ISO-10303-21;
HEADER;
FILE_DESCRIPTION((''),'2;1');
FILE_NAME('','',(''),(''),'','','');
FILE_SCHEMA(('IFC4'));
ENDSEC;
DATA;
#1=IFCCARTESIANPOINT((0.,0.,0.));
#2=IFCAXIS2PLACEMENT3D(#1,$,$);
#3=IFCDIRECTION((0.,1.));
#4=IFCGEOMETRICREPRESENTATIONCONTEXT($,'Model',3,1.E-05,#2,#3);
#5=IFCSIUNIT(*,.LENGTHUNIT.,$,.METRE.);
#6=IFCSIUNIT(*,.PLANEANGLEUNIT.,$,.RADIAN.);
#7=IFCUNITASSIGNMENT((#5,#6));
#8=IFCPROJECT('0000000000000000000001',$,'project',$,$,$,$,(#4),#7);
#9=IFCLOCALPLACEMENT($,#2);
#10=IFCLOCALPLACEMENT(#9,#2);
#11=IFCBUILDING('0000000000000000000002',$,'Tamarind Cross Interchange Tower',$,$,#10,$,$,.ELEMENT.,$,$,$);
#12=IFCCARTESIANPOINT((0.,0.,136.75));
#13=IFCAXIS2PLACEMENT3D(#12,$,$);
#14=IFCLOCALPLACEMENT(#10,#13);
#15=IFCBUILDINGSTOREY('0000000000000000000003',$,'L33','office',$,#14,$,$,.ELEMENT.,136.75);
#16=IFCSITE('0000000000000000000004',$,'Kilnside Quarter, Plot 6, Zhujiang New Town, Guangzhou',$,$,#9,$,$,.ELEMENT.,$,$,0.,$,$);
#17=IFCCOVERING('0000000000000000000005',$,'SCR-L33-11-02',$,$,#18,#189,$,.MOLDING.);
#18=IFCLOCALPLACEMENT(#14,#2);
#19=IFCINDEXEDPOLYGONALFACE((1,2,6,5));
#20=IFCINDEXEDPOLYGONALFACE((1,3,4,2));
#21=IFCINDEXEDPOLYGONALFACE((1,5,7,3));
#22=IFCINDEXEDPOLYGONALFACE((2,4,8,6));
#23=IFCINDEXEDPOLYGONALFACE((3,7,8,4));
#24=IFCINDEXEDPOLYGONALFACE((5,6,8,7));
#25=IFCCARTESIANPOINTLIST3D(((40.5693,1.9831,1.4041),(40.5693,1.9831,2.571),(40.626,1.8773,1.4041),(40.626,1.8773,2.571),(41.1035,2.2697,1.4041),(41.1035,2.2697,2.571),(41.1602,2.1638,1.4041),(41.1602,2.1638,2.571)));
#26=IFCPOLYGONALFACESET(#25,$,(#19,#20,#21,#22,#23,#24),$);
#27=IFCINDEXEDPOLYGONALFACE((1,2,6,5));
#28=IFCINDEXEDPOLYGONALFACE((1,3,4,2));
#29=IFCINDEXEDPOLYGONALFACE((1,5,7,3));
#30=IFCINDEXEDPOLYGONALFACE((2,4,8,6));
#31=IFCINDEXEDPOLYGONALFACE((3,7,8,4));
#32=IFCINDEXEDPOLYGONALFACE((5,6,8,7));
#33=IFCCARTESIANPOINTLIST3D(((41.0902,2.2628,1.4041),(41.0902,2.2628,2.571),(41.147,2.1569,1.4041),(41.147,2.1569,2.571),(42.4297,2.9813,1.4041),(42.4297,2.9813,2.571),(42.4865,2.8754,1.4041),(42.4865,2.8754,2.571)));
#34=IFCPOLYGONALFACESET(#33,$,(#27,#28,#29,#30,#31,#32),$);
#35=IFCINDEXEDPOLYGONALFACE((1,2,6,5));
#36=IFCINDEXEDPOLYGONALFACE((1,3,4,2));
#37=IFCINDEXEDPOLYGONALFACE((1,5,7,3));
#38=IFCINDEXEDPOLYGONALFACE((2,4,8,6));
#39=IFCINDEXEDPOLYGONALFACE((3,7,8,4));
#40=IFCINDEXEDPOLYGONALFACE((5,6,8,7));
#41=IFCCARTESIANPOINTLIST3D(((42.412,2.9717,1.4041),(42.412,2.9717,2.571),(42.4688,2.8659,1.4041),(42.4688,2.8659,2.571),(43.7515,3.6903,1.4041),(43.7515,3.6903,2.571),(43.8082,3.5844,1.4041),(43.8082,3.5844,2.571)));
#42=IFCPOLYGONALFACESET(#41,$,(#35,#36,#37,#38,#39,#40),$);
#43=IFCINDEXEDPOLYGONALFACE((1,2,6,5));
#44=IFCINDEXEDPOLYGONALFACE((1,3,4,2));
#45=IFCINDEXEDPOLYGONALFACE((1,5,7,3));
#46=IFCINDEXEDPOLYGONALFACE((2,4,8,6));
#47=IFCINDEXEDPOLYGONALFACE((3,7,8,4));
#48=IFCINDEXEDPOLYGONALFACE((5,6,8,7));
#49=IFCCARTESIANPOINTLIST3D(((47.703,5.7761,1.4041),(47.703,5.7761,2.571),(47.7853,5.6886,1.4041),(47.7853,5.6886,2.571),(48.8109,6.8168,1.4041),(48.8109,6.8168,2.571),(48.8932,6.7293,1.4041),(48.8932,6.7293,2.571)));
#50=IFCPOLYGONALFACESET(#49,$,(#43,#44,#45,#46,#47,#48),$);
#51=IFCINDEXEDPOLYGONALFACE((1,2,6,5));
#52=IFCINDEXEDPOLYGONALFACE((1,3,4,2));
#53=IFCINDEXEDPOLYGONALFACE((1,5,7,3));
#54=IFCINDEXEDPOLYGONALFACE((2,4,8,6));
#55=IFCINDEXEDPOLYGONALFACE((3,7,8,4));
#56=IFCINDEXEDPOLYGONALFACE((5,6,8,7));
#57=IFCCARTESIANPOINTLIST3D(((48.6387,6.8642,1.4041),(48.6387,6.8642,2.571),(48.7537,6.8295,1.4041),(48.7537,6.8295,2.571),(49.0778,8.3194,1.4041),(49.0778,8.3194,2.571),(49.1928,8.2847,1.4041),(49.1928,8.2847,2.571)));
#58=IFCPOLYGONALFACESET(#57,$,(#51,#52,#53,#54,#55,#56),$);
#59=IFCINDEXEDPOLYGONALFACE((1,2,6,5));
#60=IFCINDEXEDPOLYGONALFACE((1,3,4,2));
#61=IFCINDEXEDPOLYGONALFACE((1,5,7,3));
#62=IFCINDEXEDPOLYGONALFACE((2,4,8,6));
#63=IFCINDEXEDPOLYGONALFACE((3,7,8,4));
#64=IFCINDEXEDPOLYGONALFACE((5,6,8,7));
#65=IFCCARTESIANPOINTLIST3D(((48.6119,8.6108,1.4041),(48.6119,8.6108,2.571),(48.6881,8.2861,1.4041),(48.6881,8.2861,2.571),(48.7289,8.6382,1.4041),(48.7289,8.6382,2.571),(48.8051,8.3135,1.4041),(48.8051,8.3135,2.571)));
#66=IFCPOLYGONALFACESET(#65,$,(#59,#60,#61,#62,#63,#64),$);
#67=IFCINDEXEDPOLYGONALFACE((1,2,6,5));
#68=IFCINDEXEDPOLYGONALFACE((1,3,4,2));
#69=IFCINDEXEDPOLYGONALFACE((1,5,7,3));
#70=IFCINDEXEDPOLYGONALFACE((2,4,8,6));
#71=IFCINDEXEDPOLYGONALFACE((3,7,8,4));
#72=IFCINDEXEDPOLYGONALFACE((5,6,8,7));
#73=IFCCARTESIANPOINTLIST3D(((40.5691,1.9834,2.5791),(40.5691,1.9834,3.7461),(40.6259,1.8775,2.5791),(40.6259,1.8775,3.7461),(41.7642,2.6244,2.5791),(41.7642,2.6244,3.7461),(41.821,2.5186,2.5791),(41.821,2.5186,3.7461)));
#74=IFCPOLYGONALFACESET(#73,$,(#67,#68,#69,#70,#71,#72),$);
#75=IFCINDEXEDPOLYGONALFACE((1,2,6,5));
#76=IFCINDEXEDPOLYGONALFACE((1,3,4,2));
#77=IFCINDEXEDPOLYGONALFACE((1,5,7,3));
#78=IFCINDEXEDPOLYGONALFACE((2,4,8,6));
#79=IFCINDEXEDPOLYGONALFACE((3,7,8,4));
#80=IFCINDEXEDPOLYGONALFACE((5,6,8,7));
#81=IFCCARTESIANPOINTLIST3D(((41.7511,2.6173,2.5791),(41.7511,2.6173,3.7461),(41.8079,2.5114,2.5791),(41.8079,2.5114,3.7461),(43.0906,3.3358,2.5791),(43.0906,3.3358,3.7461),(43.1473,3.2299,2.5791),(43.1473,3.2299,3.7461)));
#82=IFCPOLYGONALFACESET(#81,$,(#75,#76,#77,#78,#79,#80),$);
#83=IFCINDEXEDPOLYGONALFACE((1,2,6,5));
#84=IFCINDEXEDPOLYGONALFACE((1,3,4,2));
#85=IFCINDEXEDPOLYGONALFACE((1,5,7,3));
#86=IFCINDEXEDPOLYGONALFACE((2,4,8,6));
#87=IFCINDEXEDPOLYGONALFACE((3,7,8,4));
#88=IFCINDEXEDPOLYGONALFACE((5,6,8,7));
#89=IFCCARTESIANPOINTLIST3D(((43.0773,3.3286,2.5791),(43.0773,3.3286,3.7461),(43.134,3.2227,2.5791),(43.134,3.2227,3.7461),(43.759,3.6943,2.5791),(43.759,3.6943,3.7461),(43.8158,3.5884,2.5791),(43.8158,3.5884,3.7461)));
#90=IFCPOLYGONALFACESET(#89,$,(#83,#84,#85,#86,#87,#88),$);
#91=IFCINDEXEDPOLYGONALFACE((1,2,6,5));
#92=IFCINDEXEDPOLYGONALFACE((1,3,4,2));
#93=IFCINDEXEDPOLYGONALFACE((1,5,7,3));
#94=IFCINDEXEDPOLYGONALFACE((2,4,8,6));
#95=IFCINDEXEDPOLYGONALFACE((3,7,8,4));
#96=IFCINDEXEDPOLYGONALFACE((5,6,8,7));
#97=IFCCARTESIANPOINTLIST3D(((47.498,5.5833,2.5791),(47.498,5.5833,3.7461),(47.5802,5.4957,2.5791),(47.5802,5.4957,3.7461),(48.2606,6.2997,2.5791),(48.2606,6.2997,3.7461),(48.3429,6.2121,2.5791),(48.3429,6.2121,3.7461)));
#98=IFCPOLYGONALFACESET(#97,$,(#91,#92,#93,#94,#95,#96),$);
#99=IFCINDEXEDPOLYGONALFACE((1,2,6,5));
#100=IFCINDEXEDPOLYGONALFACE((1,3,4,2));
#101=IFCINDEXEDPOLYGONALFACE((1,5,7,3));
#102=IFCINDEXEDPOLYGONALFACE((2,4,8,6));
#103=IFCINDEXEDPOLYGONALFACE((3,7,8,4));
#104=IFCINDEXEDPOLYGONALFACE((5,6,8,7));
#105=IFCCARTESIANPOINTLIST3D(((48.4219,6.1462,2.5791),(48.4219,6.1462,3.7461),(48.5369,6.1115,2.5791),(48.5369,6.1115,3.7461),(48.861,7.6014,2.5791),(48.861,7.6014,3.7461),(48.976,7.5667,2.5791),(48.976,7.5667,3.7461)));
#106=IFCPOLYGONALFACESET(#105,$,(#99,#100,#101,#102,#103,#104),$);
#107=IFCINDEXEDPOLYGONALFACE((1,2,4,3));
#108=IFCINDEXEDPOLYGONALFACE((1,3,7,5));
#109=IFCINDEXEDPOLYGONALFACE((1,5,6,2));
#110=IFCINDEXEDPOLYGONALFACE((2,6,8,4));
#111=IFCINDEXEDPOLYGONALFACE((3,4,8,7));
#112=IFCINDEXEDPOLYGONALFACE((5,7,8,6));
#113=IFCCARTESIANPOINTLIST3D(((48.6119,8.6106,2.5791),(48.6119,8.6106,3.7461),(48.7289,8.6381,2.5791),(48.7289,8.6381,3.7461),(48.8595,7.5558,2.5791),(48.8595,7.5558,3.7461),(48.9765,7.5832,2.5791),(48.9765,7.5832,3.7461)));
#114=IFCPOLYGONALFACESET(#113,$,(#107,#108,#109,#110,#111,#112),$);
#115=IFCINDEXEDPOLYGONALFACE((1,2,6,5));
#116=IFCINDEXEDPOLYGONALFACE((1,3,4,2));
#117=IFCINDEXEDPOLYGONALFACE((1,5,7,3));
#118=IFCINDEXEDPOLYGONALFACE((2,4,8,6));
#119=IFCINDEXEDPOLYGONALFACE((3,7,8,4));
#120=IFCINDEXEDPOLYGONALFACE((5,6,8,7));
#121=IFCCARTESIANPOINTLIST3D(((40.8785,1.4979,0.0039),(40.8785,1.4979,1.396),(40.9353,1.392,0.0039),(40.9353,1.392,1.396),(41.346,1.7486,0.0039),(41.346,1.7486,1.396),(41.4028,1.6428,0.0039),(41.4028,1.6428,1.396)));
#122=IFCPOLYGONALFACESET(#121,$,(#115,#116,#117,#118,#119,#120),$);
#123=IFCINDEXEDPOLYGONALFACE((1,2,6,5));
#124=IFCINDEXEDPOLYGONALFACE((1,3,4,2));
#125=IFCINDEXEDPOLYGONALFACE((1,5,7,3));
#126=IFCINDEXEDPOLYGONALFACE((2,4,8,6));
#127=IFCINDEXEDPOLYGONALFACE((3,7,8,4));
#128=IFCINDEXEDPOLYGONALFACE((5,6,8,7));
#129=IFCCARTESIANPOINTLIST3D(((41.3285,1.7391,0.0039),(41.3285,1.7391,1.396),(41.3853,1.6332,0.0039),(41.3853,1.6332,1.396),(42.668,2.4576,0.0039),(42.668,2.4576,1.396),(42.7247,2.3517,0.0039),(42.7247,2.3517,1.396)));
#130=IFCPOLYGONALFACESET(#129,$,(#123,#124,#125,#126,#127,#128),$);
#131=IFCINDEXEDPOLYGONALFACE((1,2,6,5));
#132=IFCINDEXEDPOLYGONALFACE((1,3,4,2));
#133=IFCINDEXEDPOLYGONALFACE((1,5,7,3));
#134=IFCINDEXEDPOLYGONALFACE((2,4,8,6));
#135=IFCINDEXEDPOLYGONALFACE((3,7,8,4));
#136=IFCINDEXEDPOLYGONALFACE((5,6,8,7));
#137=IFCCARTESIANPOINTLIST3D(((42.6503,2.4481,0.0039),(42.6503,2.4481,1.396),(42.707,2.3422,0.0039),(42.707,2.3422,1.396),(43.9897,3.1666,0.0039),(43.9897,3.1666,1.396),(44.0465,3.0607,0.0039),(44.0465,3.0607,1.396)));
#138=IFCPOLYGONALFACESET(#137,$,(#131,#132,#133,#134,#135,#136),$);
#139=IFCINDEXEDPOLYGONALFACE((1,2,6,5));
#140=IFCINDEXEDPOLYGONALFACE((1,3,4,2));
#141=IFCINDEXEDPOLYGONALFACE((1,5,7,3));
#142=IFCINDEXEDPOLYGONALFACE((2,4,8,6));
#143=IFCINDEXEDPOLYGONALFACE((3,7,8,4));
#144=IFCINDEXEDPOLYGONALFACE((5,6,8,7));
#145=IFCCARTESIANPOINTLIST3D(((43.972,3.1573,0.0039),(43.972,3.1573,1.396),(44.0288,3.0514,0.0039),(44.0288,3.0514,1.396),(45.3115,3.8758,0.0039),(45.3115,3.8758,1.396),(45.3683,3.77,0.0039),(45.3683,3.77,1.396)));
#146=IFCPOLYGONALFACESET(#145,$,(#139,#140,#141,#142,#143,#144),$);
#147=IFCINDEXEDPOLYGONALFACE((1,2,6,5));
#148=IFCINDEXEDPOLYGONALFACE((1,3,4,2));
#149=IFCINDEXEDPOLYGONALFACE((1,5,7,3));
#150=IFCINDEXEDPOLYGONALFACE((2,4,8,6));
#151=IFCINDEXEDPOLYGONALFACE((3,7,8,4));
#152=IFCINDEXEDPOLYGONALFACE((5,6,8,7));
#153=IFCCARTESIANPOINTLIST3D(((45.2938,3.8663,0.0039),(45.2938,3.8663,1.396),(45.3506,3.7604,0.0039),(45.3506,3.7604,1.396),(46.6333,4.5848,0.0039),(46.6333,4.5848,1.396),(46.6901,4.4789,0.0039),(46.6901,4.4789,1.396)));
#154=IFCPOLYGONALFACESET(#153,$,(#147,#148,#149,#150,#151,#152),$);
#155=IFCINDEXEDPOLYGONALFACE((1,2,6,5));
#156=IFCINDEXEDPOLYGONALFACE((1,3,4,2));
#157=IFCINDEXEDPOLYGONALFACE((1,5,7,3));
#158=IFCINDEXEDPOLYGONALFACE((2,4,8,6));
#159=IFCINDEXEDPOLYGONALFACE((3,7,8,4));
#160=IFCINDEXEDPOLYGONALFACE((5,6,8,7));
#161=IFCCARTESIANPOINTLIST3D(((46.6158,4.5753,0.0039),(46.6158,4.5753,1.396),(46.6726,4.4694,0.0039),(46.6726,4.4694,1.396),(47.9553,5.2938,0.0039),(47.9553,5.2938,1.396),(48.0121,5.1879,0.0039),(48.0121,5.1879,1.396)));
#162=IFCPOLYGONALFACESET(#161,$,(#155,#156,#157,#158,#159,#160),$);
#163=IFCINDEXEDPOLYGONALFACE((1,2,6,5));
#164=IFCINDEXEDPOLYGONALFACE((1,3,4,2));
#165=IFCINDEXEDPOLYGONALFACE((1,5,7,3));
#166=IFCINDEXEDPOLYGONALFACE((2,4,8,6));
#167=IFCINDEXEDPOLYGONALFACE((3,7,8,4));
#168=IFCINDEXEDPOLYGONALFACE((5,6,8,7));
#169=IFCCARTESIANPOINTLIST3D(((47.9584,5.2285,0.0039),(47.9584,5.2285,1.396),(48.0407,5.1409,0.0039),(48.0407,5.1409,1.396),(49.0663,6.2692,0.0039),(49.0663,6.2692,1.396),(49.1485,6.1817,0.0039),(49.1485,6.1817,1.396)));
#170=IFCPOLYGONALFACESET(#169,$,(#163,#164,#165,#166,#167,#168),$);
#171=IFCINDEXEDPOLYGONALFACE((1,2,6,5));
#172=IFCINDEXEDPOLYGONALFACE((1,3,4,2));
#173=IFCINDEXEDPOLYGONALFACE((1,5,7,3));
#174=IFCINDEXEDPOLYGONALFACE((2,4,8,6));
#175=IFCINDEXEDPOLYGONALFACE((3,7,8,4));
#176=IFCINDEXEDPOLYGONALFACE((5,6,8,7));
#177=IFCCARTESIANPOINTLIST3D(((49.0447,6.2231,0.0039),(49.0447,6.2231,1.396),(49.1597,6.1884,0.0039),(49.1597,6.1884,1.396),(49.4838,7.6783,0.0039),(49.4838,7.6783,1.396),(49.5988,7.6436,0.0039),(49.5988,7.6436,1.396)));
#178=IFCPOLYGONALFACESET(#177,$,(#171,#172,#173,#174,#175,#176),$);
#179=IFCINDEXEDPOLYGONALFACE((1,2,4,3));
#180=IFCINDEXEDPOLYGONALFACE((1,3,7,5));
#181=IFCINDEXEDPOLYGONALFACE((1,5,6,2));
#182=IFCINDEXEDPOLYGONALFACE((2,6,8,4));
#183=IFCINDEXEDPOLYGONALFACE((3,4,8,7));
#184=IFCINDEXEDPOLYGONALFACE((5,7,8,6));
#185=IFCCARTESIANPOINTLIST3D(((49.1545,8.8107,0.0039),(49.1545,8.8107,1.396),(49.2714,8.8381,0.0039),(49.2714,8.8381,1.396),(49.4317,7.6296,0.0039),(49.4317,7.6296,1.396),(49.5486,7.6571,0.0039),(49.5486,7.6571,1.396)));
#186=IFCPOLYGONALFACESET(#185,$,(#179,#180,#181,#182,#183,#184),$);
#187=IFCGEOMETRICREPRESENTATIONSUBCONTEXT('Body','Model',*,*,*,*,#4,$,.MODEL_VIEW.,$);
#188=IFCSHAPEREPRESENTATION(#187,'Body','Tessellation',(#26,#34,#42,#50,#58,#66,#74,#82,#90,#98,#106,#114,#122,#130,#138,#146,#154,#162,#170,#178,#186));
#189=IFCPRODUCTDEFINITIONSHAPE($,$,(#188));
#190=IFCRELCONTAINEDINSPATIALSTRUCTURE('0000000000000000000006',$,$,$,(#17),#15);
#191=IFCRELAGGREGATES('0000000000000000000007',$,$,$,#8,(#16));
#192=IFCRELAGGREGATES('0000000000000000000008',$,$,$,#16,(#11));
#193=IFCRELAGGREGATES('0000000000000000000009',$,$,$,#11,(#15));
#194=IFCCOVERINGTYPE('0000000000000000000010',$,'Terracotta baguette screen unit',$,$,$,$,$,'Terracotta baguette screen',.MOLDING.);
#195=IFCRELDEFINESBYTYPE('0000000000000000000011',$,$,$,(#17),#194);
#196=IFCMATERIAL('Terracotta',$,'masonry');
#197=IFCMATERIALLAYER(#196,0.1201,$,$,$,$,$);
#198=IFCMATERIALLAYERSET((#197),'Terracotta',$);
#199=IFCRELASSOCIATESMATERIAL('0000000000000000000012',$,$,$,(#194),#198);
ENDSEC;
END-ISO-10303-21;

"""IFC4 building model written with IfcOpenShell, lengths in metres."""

from ifc_helpers import new_model, si_unit, direction, frame, origin, origin_2d, place, context, subcontext, project, spatial, rectangle, extrude, material, layer, layer_set, type_object, element, save


model = new_model("IFC4")

# Units and contexts
model_context = context("Model", 3, precision=1e-05, world=origin(), true_north=direction((0.0, 1.0)))
body_context = subcontext(model_context, "Body", "Model", "MODEL_VIEW")
ifc_project = project(units=[si_unit("LENGTHUNIT", "METRE"), si_unit("PLANEANGLEUNIT", "RADIAN")], contexts=[model_context])

# Site, building, storey
site_placement = place(None, origin())
site = spatial("IfcSite", under=ifc_project, at=site_placement, Name="Kilnside Quarter, Plot 6, Zhujiang New Town, Guangzhou", CompositionType="ELEMENT", RefElevation=0.0)
building_placement = place(site_placement, origin())
building = spatial("IfcBuilding", under=site, at=building_placement, Name="Tamarind Cross Interchange Tower", CompositionType="ELEMENT")
storey_placement = place(building_placement, frame((0.0, 0.0, 136.75)))
storey = spatial("IfcBuildingStorey", under=building, at=storey_placement, Name="L33", Description="office", CompositionType="ELEMENT", Elevation=136.75)

# Covering
ifc_material_1 = material(Name="Terracotta", Category="masonry")
ifc_layer_1 = layer(ifc_material_1, 0.1201)
ifc_layer_set_1 = layer_set([ifc_layer_1], Name="Terracotta")
covering_type = type_object("IfcCoveringType", Name="Terracotta baguette screen unit", ElementType="Terracotta baguette screen", PredefinedType="MOLDING", material=ifc_layer_set_1)
covering_1_placement = place(storey_placement, origin())
element("IfcCovering", 1, at=covering_1_placement, inside=storey, type_object=covering_type, Name="SCR-L33-11-02", PredefinedType="MOLDING", context=body_context, shape_type="SweptSolid", body=[
    extrude(rectangle(XDim=0.6062, YDim=0.1201, at=origin_2d()), frame((40.8647, 2.0735, 1.4041), z_axis=(0.0, 0.0, 1.0), x_axis=(0.881224, 0.472698, 0.0)), (0.0, 0.0, 1.0), 1.167),
    extrude(rectangle(XDim=1.52, YDim=0.1201, at=origin_2d()), frame((41.7883, 2.5691, 1.4041), z_axis=(0.0, 0.0, 1.0), x_axis=(0.881224, 0.472698, 0.0)), (0.0, 0.0, 1.0), 1.167),
    extrude(rectangle(XDim=1.52, YDim=0.1201, at=origin_2d()), frame((43.1101, 3.2781, 1.4041), z_axis=(0.0, 0.0, 1.0), x_axis=(0.881224, 0.472698, 0.0)), (0.0, 0.0, 1.0), 1.167),
    extrude(rectangle(XDim=1.52, YDim=0.1201, at=origin_2d()), frame((48.2981, 6.2527, 1.4041), z_axis=(0.0, 0.0, 1.0), x_axis=(0.728854, 0.684669, 0.0)), (0.0, 0.0, 1.0), 1.167),
    extrude(rectangle(XDim=1.52, YDim=0.1201, at=origin_2d()), frame((48.9158, 7.5745, 1.4041), z_axis=(0.0, 0.0, 1.0), x_axis=(0.288871, 0.957368, 0.0)), (0.0, 0.0, 1.0), 1.167),
    extrude(rectangle(XDim=0.3335, YDim=0.1201, at=origin_2d()), frame((48.7085, 8.4622, 1.4041), z_axis=(0.0, 0.0, 1.0), x_axis=(-0.228514, 0.973541, 0.0)), (0.0, 0.0, 1.0), 1.167),
    extrude(rectangle(XDim=1.3562, YDim=0.1201, at=origin_2d()), frame((41.1951, 2.251, 2.5791), z_axis=(0.0, 0.0, 1.0), x_axis=(0.881224, 0.472698, 0.0)), (0.0, 0.0, 1.0), 1.167),
    extrude(rectangle(XDim=1.52, YDim=0.1201, at=origin_2d()), frame((42.4492, 2.9236, 2.5791), z_axis=(0.0, 0.0, 1.0), x_axis=(0.881224, 0.472698, 0.0)), (0.0, 0.0, 1.0), 1.167),
    extrude(rectangle(XDim=0.7737, YDim=0.1201, at=origin_2d()), frame((43.4465, 3.4585, 2.5791), z_axis=(0.0, 0.0, 1.0), x_axis=(0.881224, 0.472698, 0.0)), (0.0, 0.0, 1.0), 1.167),
    extrude(rectangle(XDim=1.0464, YDim=0.1201, at=origin_2d()), frame((47.9204, 5.8977, 2.5791), z_axis=(0.0, 0.0, 1.0), x_axis=(0.728854, 0.684669, 0.0)), (0.0, 0.0, 1.0), 1.167),
    extrude(rectangle(XDim=1.52, YDim=0.1201, at=origin_2d()), frame((48.699, 6.8564, 2.5791), z_axis=(0.0, 0.0, 1.0), x_axis=(0.288871, 0.957368, 0.0)), (0.0, 0.0, 1.0), 1.167),
    extrude(rectangle(XDim=1.0835, YDim=0.1201, at=origin_2d()), frame((48.7942, 8.0969, 2.5791), z_axis=(0.0, 0.0, 1.0), x_axis=(-0.228514, 0.973541, 0.0)), (0.0, 0.0, 1.0), 1.167),
    extrude(rectangle(XDim=0.5305, YDim=0.1201, at=origin_2d()), frame((41.1406, 1.5703, 0.0039), z_axis=(0.0, 0.0, 1.0), x_axis=(0.881224, 0.472698, 0.0)), (0.0, 0.0, 1.0), 1.3921),
    extrude(rectangle(XDim=1.52, YDim=0.1201, at=origin_2d()), frame((42.0266, 2.0454, 0.0039), z_axis=(0.0, 0.0, 1.0), x_axis=(0.881224, 0.472698, 0.0)), (0.0, 0.0, 1.0), 1.3921),
    extrude(rectangle(XDim=1.52, YDim=0.1201, at=origin_2d()), frame((43.3484, 2.7544, 0.0039), z_axis=(0.0, 0.0, 1.0), x_axis=(0.881224, 0.472698, 0.0)), (0.0, 0.0, 1.0), 1.3921),
    extrude(rectangle(XDim=1.52, YDim=0.1201, at=origin_2d()), frame((44.6702, 3.4636, 0.0039), z_axis=(0.0, 0.0, 1.0), x_axis=(0.881224, 0.472698, 0.0)), (0.0, 0.0, 1.0), 1.3921),
    extrude(rectangle(XDim=1.52, YDim=0.1201, at=origin_2d()), frame((45.9919, 4.1726, 0.0039), z_axis=(0.0, 0.0, 1.0), x_axis=(0.881224, 0.472698, 0.0)), (0.0, 0.0, 1.0), 1.3921),
    extrude(rectangle(XDim=1.52, YDim=0.1201, at=origin_2d()), frame((47.314, 4.8816, 0.0039), z_axis=(0.0, 0.0, 1.0), x_axis=(0.881224, 0.472698, 0.0)), (0.0, 0.0, 1.0), 1.3921),
    extrude(rectangle(XDim=1.52, YDim=0.1201, at=origin_2d()), frame((48.5535, 5.7051, 0.0039), z_axis=(0.0, 0.0, 1.0), x_axis=(0.728854, 0.684669, 0.0)), (0.0, 0.0, 1.0), 1.3921),
    extrude(rectangle(XDim=1.52, YDim=0.1201, at=origin_2d()), frame((49.3218, 6.9333, 0.0039), z_axis=(0.0, 0.0, 1.0), x_axis=(0.288871, 0.957368, 0.0)), (0.0, 0.0, 1.0), 1.3921),
    extrude(rectangle(XDim=1.2131, YDim=0.1201, at=origin_2d()), frame((49.3516, 8.2339, 0.0039), z_axis=(0.0, 0.0, 1.0), x_axis=(-0.228514, 0.973541, 0.0)), (0.0, 0.0, 1.0), 1.3921),
])

save(model, "model.ifc")
